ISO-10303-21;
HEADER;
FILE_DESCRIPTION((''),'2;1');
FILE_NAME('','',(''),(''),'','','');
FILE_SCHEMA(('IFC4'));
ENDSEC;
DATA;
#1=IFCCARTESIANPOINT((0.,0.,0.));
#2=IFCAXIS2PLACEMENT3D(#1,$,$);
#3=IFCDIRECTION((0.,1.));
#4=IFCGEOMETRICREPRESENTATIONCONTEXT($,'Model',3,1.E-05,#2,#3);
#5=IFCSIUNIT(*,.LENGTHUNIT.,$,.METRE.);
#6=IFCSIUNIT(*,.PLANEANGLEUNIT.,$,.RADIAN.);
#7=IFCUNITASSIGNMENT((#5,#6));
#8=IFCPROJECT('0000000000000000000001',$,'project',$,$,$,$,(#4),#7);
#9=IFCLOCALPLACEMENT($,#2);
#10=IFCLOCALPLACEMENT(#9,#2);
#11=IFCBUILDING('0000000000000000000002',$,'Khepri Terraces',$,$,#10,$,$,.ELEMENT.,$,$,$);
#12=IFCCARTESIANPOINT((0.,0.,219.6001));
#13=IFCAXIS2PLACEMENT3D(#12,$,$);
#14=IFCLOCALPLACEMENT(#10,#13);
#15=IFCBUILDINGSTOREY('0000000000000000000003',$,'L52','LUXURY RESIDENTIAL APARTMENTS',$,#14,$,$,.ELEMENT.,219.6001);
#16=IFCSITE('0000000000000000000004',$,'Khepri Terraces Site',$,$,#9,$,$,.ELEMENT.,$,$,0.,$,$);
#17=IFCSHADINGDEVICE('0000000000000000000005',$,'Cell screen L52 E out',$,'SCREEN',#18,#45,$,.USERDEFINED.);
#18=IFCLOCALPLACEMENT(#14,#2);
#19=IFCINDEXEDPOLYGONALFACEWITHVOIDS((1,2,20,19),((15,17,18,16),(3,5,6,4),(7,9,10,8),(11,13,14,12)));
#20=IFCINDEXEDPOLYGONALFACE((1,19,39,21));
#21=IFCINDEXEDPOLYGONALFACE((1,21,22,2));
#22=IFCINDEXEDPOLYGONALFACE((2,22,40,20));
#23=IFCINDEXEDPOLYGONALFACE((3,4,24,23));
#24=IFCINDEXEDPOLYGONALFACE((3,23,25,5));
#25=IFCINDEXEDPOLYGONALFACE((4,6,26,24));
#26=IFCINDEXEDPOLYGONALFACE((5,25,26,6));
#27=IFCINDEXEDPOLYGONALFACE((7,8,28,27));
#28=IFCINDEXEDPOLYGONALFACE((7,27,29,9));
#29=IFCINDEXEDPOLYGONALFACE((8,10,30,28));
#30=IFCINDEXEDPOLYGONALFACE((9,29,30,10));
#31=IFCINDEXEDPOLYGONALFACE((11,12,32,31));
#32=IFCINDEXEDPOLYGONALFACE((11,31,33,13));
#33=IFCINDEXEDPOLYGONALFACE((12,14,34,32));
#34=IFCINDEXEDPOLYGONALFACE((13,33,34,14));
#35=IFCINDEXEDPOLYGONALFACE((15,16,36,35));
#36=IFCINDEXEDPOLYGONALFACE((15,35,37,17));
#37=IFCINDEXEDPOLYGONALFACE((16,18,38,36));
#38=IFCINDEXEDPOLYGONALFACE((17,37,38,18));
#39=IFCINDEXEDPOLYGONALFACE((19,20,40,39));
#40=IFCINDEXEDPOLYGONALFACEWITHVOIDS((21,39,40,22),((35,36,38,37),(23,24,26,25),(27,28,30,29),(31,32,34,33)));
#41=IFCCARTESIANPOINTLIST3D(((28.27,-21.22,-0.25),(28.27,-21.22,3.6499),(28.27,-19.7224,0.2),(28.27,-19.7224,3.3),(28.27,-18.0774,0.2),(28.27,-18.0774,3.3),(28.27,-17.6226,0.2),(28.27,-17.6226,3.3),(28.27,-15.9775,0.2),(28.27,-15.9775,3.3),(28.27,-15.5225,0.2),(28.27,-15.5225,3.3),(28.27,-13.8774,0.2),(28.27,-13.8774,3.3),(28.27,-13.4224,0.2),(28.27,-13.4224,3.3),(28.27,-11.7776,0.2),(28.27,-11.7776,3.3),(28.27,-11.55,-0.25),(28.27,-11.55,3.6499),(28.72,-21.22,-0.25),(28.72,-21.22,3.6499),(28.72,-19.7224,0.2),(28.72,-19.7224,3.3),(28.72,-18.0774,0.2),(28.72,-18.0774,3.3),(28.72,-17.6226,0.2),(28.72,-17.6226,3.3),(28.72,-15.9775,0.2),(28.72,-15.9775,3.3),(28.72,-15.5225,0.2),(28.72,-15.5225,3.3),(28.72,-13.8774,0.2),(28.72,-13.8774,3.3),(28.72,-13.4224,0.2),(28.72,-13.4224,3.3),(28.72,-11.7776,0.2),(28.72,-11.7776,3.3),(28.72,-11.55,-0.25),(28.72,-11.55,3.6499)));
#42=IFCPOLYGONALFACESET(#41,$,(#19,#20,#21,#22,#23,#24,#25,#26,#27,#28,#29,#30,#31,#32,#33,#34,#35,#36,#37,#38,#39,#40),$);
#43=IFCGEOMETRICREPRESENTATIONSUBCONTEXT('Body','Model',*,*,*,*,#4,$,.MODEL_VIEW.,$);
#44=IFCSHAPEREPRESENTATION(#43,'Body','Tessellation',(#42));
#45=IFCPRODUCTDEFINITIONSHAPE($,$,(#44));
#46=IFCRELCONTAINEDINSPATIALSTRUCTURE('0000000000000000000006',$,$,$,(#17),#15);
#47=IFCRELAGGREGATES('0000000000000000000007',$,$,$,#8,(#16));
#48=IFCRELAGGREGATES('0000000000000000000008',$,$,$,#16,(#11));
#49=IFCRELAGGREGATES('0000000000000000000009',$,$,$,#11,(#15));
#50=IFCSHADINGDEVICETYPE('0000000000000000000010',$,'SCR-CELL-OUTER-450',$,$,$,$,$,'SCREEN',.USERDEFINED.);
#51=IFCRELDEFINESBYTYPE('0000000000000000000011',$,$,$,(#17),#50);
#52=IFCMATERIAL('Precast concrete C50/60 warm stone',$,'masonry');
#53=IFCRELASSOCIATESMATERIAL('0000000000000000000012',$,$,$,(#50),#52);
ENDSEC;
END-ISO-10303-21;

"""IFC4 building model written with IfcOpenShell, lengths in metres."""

from ifc_helpers import new_model, si_unit, direction, frame, origin, place, context, subcontext, project, spatial, polyline, outline, extrude, material, type_object, element, save


model = new_model("IFC4")

# Units and contexts
model_context = context("Model", 3, precision=1e-05, world=origin(), true_north=direction((0.0, 1.0)))
body_context = subcontext(model_context, "Body", "Model", "MODEL_VIEW")
ifc_project = project(units=[si_unit("LENGTHUNIT", "METRE"), si_unit("PLANEANGLEUNIT", "RADIAN")], contexts=[model_context])

# Site, building, storey
site_placement = place(None, origin())
site = spatial("IfcSite", under=ifc_project, at=site_placement, Name="Khepri Terraces Site", CompositionType="ELEMENT", RefElevation=0.0)
building_placement = place(site_placement, origin())
building = spatial("IfcBuilding", under=site, at=building_placement, Name="Khepri Terraces", CompositionType="ELEMENT")
storey_placement = place(building_placement, frame((0.0, 0.0, 219.6001)))
storey = spatial("IfcBuildingStorey", under=building, at=storey_placement, Name="L52", Description="LUXURY RESIDENTIAL APARTMENTS", CompositionType="ELEMENT", Elevation=219.6001)

# Shared definitions
ifc_material_1 = material(Name="Precast concrete C50/60 warm stone", Category="masonry")

# Shading device
shading_device_type_1 = type_object("IfcShadingDeviceType", Name="SCR-CELL-OUTER-450", ElementType="SCREEN", PredefinedType="USERDEFINED", material=ifc_material_1)
shading_device_1_placement = place(storey_placement, frame((28.27, -21.22, -0.25), z_axis=(1.0, 0.0, 0.0), x_axis=(0.0, 1.0, 0.0)))
element("IfcShadingDevice", 1, at=shading_device_1_placement, inside=storey, type_object=shading_device_type_1, Name="Cell screen L52 E out", ObjectType="SCREEN", PredefinedType="USERDEFINED", context=body_context, shape_type="SweptSolid", body=[
    extrude(outline(polyline([(0.0, 0.0), (9.6699, 0.0), (9.6699, 3.8999), (0.0, 3.8999), (0.0, 0.0)]), holes=[polyline([(1.4976, 0.45), (3.1426, 0.45), (3.1426, 3.55), (1.4976, 3.55), (1.4976, 0.45)]), polyline([(3.5974, 0.45), (5.2424, 0.45), (5.2424, 3.55), (3.5974, 3.55), (3.5974, 0.45)]), polyline([(5.6975, 0.45), (7.3425, 0.45), (7.3425, 3.55), (5.6975, 3.55), (5.6975, 0.45)]), polyline([(7.7976, 0.45), (9.4424, 0.45), (9.4424, 3.55), (7.7976, 3.55), (7.7976, 0.45)])]), origin(), (0.0, 0.0, 1.0), 0.45),
])

save(model, "model.ifc")
